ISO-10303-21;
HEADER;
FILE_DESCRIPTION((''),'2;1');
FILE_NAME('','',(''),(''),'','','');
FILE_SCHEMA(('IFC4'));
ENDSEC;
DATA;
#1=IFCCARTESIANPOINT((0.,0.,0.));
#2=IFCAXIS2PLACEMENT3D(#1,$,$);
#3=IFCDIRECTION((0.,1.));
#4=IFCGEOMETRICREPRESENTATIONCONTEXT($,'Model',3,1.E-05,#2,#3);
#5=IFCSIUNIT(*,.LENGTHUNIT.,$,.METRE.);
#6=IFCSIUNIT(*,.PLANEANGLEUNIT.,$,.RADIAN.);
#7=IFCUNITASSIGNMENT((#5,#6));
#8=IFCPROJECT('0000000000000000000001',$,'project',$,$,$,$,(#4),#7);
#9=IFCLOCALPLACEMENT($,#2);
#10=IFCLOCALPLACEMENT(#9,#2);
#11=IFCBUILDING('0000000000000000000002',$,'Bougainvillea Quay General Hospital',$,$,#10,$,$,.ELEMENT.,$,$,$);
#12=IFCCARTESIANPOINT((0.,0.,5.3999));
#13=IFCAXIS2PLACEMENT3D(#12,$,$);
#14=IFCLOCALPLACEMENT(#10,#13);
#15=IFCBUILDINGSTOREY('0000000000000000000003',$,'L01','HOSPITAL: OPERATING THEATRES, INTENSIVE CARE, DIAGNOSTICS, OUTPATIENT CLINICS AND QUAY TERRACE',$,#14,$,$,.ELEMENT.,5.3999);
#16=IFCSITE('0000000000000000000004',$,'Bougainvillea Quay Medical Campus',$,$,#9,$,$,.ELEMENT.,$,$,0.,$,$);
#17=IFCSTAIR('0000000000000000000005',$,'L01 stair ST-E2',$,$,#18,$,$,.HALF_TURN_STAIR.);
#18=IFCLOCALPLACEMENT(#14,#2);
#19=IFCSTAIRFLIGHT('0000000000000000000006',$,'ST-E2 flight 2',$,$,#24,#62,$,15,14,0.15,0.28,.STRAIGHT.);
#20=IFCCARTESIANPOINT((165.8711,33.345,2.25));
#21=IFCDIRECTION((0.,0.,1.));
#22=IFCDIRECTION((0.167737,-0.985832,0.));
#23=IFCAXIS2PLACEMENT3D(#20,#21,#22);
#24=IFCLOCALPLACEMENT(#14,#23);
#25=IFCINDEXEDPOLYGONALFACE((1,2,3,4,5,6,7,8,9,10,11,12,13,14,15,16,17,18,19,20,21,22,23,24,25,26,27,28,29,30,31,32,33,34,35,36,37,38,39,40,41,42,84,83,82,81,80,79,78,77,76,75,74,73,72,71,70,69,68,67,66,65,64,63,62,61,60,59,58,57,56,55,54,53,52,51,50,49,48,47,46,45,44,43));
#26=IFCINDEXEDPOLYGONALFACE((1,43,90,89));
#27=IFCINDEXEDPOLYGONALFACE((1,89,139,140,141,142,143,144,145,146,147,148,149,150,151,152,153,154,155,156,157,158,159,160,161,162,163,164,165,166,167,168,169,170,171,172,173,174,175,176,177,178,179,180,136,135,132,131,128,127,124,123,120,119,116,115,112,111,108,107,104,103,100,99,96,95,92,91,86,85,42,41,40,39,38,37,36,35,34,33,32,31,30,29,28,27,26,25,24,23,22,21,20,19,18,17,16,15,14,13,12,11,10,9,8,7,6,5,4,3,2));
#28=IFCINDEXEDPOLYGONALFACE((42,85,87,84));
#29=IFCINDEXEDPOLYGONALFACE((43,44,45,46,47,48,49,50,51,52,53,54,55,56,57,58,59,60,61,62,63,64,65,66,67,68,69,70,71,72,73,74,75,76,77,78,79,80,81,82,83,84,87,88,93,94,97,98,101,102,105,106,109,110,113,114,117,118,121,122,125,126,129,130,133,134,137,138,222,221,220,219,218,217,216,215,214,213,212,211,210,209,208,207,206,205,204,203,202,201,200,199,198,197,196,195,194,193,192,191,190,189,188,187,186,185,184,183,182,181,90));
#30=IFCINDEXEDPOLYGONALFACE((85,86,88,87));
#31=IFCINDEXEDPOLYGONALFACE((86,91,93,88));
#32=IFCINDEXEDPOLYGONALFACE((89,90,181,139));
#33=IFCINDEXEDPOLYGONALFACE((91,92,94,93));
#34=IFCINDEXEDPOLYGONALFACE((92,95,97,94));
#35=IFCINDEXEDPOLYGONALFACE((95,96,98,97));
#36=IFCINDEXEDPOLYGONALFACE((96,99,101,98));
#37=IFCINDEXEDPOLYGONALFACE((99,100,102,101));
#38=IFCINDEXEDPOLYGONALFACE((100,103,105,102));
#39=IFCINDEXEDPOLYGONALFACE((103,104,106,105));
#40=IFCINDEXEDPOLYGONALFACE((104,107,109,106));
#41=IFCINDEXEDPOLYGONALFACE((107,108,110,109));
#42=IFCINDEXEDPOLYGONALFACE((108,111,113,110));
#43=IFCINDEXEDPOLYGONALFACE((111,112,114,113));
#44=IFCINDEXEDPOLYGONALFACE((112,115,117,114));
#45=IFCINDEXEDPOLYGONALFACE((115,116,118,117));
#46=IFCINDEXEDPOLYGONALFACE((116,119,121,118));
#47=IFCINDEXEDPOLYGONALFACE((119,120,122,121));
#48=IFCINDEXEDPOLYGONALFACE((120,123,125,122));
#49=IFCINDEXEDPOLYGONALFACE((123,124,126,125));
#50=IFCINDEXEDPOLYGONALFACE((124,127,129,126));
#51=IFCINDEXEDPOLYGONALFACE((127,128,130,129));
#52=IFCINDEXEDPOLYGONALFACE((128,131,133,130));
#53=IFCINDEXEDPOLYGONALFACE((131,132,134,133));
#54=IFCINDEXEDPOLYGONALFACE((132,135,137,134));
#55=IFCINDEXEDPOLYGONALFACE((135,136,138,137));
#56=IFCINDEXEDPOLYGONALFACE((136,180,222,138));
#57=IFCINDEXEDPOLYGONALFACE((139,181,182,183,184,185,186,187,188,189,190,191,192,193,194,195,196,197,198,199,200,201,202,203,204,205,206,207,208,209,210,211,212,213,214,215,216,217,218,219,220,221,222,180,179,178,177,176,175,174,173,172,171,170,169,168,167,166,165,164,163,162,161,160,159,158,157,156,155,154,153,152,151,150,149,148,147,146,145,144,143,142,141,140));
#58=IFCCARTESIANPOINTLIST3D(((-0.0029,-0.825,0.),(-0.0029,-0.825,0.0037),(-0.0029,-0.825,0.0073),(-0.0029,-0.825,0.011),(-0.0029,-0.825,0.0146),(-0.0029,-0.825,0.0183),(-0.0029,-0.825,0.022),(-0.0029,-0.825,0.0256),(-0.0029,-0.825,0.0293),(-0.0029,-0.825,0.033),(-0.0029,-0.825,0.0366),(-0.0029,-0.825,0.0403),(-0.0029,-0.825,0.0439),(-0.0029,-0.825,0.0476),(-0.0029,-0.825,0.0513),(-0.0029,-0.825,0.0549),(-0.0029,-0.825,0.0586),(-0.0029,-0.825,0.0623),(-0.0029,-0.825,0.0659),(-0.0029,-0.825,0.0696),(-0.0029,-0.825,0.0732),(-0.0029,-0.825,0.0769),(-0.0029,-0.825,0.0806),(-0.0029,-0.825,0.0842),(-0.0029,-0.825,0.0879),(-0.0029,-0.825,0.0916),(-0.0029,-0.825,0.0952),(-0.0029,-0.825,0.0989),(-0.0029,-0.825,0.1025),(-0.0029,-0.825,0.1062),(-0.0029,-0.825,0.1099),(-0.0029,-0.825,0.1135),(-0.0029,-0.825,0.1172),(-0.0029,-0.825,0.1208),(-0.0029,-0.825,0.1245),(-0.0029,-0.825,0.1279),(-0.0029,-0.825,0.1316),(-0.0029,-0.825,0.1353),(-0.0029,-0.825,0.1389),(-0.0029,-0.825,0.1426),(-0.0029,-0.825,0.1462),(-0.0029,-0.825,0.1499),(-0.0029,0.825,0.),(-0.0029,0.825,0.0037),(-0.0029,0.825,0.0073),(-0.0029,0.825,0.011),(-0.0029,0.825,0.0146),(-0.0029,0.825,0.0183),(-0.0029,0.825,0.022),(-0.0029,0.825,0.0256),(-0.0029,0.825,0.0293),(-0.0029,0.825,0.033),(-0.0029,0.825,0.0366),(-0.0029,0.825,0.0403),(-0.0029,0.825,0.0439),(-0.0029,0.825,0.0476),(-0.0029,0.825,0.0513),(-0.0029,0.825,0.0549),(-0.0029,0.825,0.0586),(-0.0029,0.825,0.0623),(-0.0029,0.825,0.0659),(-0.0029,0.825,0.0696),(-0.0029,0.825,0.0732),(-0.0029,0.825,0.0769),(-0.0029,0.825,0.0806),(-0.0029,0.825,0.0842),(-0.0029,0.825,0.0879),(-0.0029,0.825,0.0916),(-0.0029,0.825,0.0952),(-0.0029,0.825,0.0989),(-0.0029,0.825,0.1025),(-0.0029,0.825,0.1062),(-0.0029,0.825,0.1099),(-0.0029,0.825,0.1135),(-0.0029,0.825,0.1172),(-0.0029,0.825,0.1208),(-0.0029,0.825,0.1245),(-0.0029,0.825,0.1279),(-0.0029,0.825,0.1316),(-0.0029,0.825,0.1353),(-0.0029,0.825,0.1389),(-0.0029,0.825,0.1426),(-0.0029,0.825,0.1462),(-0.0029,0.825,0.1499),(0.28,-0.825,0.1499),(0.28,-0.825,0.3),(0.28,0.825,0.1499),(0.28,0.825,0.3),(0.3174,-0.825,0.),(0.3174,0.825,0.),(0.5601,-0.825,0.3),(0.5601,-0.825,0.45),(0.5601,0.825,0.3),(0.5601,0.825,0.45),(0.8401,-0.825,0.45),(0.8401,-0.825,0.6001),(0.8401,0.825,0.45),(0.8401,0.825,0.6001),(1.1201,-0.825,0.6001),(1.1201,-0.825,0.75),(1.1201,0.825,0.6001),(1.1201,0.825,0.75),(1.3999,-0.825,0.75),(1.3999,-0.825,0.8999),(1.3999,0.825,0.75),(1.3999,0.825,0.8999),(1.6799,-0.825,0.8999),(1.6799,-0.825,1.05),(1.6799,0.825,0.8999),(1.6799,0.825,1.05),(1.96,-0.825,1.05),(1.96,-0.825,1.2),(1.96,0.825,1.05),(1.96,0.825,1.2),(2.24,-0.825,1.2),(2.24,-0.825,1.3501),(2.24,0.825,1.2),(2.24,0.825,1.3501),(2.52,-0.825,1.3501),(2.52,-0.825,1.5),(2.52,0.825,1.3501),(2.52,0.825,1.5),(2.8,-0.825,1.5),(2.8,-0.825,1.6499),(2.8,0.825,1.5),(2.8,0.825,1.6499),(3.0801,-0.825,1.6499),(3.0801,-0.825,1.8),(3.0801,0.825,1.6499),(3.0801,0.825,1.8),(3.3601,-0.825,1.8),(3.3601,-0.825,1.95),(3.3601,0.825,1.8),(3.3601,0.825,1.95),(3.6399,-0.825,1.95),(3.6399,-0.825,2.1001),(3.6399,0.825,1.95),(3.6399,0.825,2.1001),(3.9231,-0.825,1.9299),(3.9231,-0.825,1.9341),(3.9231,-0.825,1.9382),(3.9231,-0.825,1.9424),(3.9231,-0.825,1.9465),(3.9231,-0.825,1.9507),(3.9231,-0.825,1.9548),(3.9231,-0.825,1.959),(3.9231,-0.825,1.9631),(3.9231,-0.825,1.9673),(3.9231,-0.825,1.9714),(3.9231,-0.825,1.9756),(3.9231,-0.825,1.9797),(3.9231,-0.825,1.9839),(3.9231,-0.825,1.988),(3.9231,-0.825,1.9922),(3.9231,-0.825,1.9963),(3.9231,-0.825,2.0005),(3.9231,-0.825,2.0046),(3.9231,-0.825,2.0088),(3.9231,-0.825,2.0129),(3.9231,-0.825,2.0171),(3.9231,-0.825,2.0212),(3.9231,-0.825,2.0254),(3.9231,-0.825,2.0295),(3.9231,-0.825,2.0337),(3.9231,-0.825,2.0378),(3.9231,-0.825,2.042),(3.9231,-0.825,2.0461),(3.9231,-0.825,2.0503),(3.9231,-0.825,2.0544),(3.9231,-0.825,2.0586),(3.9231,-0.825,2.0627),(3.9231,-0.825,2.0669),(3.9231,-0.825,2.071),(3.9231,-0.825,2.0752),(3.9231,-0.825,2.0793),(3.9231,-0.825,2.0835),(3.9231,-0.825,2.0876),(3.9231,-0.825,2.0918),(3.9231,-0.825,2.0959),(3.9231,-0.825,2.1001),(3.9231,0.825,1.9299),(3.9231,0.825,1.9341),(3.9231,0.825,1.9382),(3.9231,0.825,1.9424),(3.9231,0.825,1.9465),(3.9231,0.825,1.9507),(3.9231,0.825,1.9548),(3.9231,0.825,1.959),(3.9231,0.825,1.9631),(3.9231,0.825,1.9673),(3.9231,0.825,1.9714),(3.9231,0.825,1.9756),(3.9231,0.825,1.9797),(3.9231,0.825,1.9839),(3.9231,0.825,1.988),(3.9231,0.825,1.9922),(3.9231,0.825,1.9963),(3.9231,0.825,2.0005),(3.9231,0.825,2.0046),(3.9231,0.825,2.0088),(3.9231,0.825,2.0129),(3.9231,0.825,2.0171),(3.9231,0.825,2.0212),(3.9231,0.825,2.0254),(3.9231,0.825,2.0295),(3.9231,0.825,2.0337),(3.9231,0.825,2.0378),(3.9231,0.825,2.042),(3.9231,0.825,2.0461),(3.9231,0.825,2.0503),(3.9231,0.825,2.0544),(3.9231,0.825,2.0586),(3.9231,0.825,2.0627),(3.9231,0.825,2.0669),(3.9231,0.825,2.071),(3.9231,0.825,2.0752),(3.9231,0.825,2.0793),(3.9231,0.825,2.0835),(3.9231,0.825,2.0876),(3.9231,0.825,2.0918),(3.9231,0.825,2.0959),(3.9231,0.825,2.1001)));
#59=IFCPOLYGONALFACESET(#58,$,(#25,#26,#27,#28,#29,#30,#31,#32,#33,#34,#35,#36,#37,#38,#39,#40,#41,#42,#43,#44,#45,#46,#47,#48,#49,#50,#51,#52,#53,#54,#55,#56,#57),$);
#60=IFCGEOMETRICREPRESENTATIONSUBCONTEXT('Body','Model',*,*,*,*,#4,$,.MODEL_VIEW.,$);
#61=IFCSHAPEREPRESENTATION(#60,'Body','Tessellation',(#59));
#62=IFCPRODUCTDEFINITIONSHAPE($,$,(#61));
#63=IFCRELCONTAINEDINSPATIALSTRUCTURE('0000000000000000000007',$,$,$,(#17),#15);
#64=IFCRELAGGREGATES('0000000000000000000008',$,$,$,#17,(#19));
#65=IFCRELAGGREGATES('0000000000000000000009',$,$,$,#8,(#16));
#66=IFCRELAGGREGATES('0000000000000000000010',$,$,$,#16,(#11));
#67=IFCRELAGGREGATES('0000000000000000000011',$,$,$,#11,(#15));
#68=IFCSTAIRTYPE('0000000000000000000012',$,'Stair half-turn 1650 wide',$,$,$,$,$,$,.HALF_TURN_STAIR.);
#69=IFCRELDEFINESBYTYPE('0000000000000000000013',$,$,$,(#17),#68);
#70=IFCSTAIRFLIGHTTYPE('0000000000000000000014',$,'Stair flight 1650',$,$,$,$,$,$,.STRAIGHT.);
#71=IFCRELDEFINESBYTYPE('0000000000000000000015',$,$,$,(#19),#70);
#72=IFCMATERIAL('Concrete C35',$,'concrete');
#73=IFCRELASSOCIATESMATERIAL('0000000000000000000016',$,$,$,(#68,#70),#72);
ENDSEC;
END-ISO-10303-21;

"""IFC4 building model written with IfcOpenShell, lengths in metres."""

from ifc_helpers import new_model, si_unit, direction, frame, origin, place, context, subcontext, project, spatial, polyline, outline, extrude, material, type_object, element, aggregate, save


model = new_model("IFC4")

# Units and contexts
model_context = context("Model", 3, precision=1e-05, world=origin(), true_north=direction((0.0, 1.0)))
body_context = subcontext(model_context, "Body", "Model", "MODEL_VIEW")
ifc_project = project(units=[si_unit("LENGTHUNIT", "METRE"), si_unit("PLANEANGLEUNIT", "RADIAN")], contexts=[model_context])

# Site, building, storey
site_placement = place(None, origin())
site = spatial("IfcSite", under=ifc_project, at=site_placement, Name="Bougainvillea Quay Medical Campus", CompositionType="ELEMENT", RefElevation=0.0)
building_placement = place(site_placement, origin())
building = spatial("IfcBuilding", under=site, at=building_placement, Name="Bougainvillea Quay General Hospital", CompositionType="ELEMENT")
storey_placement = place(building_placement, frame((0.0, 0.0, 5.3999)))
storey = spatial("IfcBuildingStorey", under=building, at=storey_placement, Name="L01", Description="HOSPITAL: OPERATING THEATRES, INTENSIVE CARE, DIAGNOSTICS, OUTPATIENT CLINICS AND QUAY TERRACE", CompositionType="ELEMENT", Elevation=5.3999)

# Stair, stair flight
ifc_material_1 = material(Name="Concrete C35", Category="concrete")
stair_type = type_object("IfcStairType", Name="Stair half-turn 1650 wide", PredefinedType="HALF_TURN_STAIR", material=ifc_material_1)
stair_placement = place(storey_placement, origin())
stair = element("IfcStair", 1, at=stair_placement, inside=storey, type_object=stair_type, Name="L01 stair ST-E2", PredefinedType="HALF_TURN_STAIR")
stair_flight_type = type_object("IfcStairFlightType", Name="Stair flight 1650", PredefinedType="STRAIGHT", material=ifc_material_1)
stair_flight_1_placement = place(storey_placement, frame((165.8711, 33.345, 2.25), z_axis=(0.0, 0.0, 1.0), x_axis=(0.167737, -0.985832, 0.0)))
stair_flight_1 = element("IfcStairFlight", 2, at=stair_flight_1_placement, type_object=stair_flight_type, Name="ST-E2 flight 2", NumberOfRisers=15, NumberOfTreads=14, PredefinedType="STRAIGHT", RiserHeight=0.15, TreadLength=0.28, context=body_context, shape_type="SweptSolid", body=[
    extrude(outline(polyline([(-0.0029, 0.0), (-0.0029, 0.0037), (-0.0029, 0.0073), (-0.0029, 0.011), (-0.0029, 0.0146), (-0.0029, 0.0183), (-0.0029, 0.022), (-0.0029, 0.0256), (-0.0029, 0.0293), (-0.0029, 0.033), (-0.0029, 0.0366), (-0.0029, 0.0403), (-0.0029, 0.0439), (-0.0029, 0.0476), (-0.0029, 0.0513), (-0.0029, 0.0549), (-0.0029, 0.0586), (-0.0029, 0.0623), (-0.0029, 0.0659), (-0.0029, 0.0696), (-0.0029, 0.0732), (-0.0029, 0.0769), (-0.0029, 0.0806), (-0.0029, 0.0842), (-0.0029, 0.0879), (-0.0029, 0.0916), (-0.0029, 0.0952), (-0.0029, 0.0989), (-0.0029, 0.1025), (-0.0029, 0.1062), (-0.0029, 0.1099), (-0.0029, 0.1135), (-0.0029, 0.1172), (-0.0029, 0.1208), (-0.0029, 0.1245), (-0.0029, 0.1279), (-0.0029, 0.1316), (-0.0029, 0.1353), (-0.0029, 0.1389), (-0.0029, 0.1426), (-0.0029, 0.1462), (-0.0029, 0.1499), (0.28, 0.1499), (0.28, 0.3), (0.5601, 0.3), (0.5601, 0.45), (0.8401, 0.45), (0.8401, 0.6001), (1.1201, 0.6001), (1.1201, 0.75), (1.3999, 0.75), (1.3999, 0.8999), (1.6799, 0.8999), (1.6799, 1.05), (1.96, 1.05), (1.96, 1.2), (2.24, 1.2), (2.24, 1.3501), (2.52, 1.3501), (2.52, 1.5), (2.8, 1.5), (2.8, 1.6499), (3.0801, 1.6499), (3.0801, 1.8), (3.3601, 1.8), (3.3601, 1.95), (3.6399, 1.95), (3.6399, 2.1001), (3.9231, 2.1001), (3.9231, 2.0959), (3.9231, 2.0918), (3.9231, 2.0876), (3.9231, 2.0835), (3.9231, 2.0793), (3.9231, 2.0752), (3.9231, 2.071), (3.9231, 2.0669), (3.9231, 2.0627), (3.9231, 2.0586), (3.9231, 2.0544), (3.9231, 2.0503), (3.9231, 2.0461), (3.9231, 2.042), (3.9231, 2.0378), (3.9231, 2.0337), (3.9231, 2.0295), (3.9231, 2.0254), (3.9231, 2.0212), (3.9231, 2.0171), (3.9231, 2.0129), (3.9231, 2.0088), (3.9231, 2.0046), (3.9231, 2.0005), (3.9231, 1.9963), (3.9231, 1.9922), (3.9231, 1.988), (3.9231, 1.9839), (3.9231, 1.9797), (3.9231, 1.9756), (3.9231, 1.9714), (3.9231, 1.9673), (3.9231, 1.9631), (3.9231, 1.959), (3.9231, 1.9548), (3.9231, 1.9507), (3.9231, 1.9465), (3.9231, 1.9424), (3.9231, 1.9382), (3.9231, 1.9341), (3.9231, 1.9299), (0.3174, 0.0), (-0.0029, 0.0)])), frame((0.0, 0.825, 0.0), z_axis=(0.0, -1.0, 0.0), x_axis=(1.0, 0.0, 0.0)), (0.0, 0.0, 1.0), 1.6499),
])
aggregate(stair, [stair_flight_1])

save(model, "model.ifc")
